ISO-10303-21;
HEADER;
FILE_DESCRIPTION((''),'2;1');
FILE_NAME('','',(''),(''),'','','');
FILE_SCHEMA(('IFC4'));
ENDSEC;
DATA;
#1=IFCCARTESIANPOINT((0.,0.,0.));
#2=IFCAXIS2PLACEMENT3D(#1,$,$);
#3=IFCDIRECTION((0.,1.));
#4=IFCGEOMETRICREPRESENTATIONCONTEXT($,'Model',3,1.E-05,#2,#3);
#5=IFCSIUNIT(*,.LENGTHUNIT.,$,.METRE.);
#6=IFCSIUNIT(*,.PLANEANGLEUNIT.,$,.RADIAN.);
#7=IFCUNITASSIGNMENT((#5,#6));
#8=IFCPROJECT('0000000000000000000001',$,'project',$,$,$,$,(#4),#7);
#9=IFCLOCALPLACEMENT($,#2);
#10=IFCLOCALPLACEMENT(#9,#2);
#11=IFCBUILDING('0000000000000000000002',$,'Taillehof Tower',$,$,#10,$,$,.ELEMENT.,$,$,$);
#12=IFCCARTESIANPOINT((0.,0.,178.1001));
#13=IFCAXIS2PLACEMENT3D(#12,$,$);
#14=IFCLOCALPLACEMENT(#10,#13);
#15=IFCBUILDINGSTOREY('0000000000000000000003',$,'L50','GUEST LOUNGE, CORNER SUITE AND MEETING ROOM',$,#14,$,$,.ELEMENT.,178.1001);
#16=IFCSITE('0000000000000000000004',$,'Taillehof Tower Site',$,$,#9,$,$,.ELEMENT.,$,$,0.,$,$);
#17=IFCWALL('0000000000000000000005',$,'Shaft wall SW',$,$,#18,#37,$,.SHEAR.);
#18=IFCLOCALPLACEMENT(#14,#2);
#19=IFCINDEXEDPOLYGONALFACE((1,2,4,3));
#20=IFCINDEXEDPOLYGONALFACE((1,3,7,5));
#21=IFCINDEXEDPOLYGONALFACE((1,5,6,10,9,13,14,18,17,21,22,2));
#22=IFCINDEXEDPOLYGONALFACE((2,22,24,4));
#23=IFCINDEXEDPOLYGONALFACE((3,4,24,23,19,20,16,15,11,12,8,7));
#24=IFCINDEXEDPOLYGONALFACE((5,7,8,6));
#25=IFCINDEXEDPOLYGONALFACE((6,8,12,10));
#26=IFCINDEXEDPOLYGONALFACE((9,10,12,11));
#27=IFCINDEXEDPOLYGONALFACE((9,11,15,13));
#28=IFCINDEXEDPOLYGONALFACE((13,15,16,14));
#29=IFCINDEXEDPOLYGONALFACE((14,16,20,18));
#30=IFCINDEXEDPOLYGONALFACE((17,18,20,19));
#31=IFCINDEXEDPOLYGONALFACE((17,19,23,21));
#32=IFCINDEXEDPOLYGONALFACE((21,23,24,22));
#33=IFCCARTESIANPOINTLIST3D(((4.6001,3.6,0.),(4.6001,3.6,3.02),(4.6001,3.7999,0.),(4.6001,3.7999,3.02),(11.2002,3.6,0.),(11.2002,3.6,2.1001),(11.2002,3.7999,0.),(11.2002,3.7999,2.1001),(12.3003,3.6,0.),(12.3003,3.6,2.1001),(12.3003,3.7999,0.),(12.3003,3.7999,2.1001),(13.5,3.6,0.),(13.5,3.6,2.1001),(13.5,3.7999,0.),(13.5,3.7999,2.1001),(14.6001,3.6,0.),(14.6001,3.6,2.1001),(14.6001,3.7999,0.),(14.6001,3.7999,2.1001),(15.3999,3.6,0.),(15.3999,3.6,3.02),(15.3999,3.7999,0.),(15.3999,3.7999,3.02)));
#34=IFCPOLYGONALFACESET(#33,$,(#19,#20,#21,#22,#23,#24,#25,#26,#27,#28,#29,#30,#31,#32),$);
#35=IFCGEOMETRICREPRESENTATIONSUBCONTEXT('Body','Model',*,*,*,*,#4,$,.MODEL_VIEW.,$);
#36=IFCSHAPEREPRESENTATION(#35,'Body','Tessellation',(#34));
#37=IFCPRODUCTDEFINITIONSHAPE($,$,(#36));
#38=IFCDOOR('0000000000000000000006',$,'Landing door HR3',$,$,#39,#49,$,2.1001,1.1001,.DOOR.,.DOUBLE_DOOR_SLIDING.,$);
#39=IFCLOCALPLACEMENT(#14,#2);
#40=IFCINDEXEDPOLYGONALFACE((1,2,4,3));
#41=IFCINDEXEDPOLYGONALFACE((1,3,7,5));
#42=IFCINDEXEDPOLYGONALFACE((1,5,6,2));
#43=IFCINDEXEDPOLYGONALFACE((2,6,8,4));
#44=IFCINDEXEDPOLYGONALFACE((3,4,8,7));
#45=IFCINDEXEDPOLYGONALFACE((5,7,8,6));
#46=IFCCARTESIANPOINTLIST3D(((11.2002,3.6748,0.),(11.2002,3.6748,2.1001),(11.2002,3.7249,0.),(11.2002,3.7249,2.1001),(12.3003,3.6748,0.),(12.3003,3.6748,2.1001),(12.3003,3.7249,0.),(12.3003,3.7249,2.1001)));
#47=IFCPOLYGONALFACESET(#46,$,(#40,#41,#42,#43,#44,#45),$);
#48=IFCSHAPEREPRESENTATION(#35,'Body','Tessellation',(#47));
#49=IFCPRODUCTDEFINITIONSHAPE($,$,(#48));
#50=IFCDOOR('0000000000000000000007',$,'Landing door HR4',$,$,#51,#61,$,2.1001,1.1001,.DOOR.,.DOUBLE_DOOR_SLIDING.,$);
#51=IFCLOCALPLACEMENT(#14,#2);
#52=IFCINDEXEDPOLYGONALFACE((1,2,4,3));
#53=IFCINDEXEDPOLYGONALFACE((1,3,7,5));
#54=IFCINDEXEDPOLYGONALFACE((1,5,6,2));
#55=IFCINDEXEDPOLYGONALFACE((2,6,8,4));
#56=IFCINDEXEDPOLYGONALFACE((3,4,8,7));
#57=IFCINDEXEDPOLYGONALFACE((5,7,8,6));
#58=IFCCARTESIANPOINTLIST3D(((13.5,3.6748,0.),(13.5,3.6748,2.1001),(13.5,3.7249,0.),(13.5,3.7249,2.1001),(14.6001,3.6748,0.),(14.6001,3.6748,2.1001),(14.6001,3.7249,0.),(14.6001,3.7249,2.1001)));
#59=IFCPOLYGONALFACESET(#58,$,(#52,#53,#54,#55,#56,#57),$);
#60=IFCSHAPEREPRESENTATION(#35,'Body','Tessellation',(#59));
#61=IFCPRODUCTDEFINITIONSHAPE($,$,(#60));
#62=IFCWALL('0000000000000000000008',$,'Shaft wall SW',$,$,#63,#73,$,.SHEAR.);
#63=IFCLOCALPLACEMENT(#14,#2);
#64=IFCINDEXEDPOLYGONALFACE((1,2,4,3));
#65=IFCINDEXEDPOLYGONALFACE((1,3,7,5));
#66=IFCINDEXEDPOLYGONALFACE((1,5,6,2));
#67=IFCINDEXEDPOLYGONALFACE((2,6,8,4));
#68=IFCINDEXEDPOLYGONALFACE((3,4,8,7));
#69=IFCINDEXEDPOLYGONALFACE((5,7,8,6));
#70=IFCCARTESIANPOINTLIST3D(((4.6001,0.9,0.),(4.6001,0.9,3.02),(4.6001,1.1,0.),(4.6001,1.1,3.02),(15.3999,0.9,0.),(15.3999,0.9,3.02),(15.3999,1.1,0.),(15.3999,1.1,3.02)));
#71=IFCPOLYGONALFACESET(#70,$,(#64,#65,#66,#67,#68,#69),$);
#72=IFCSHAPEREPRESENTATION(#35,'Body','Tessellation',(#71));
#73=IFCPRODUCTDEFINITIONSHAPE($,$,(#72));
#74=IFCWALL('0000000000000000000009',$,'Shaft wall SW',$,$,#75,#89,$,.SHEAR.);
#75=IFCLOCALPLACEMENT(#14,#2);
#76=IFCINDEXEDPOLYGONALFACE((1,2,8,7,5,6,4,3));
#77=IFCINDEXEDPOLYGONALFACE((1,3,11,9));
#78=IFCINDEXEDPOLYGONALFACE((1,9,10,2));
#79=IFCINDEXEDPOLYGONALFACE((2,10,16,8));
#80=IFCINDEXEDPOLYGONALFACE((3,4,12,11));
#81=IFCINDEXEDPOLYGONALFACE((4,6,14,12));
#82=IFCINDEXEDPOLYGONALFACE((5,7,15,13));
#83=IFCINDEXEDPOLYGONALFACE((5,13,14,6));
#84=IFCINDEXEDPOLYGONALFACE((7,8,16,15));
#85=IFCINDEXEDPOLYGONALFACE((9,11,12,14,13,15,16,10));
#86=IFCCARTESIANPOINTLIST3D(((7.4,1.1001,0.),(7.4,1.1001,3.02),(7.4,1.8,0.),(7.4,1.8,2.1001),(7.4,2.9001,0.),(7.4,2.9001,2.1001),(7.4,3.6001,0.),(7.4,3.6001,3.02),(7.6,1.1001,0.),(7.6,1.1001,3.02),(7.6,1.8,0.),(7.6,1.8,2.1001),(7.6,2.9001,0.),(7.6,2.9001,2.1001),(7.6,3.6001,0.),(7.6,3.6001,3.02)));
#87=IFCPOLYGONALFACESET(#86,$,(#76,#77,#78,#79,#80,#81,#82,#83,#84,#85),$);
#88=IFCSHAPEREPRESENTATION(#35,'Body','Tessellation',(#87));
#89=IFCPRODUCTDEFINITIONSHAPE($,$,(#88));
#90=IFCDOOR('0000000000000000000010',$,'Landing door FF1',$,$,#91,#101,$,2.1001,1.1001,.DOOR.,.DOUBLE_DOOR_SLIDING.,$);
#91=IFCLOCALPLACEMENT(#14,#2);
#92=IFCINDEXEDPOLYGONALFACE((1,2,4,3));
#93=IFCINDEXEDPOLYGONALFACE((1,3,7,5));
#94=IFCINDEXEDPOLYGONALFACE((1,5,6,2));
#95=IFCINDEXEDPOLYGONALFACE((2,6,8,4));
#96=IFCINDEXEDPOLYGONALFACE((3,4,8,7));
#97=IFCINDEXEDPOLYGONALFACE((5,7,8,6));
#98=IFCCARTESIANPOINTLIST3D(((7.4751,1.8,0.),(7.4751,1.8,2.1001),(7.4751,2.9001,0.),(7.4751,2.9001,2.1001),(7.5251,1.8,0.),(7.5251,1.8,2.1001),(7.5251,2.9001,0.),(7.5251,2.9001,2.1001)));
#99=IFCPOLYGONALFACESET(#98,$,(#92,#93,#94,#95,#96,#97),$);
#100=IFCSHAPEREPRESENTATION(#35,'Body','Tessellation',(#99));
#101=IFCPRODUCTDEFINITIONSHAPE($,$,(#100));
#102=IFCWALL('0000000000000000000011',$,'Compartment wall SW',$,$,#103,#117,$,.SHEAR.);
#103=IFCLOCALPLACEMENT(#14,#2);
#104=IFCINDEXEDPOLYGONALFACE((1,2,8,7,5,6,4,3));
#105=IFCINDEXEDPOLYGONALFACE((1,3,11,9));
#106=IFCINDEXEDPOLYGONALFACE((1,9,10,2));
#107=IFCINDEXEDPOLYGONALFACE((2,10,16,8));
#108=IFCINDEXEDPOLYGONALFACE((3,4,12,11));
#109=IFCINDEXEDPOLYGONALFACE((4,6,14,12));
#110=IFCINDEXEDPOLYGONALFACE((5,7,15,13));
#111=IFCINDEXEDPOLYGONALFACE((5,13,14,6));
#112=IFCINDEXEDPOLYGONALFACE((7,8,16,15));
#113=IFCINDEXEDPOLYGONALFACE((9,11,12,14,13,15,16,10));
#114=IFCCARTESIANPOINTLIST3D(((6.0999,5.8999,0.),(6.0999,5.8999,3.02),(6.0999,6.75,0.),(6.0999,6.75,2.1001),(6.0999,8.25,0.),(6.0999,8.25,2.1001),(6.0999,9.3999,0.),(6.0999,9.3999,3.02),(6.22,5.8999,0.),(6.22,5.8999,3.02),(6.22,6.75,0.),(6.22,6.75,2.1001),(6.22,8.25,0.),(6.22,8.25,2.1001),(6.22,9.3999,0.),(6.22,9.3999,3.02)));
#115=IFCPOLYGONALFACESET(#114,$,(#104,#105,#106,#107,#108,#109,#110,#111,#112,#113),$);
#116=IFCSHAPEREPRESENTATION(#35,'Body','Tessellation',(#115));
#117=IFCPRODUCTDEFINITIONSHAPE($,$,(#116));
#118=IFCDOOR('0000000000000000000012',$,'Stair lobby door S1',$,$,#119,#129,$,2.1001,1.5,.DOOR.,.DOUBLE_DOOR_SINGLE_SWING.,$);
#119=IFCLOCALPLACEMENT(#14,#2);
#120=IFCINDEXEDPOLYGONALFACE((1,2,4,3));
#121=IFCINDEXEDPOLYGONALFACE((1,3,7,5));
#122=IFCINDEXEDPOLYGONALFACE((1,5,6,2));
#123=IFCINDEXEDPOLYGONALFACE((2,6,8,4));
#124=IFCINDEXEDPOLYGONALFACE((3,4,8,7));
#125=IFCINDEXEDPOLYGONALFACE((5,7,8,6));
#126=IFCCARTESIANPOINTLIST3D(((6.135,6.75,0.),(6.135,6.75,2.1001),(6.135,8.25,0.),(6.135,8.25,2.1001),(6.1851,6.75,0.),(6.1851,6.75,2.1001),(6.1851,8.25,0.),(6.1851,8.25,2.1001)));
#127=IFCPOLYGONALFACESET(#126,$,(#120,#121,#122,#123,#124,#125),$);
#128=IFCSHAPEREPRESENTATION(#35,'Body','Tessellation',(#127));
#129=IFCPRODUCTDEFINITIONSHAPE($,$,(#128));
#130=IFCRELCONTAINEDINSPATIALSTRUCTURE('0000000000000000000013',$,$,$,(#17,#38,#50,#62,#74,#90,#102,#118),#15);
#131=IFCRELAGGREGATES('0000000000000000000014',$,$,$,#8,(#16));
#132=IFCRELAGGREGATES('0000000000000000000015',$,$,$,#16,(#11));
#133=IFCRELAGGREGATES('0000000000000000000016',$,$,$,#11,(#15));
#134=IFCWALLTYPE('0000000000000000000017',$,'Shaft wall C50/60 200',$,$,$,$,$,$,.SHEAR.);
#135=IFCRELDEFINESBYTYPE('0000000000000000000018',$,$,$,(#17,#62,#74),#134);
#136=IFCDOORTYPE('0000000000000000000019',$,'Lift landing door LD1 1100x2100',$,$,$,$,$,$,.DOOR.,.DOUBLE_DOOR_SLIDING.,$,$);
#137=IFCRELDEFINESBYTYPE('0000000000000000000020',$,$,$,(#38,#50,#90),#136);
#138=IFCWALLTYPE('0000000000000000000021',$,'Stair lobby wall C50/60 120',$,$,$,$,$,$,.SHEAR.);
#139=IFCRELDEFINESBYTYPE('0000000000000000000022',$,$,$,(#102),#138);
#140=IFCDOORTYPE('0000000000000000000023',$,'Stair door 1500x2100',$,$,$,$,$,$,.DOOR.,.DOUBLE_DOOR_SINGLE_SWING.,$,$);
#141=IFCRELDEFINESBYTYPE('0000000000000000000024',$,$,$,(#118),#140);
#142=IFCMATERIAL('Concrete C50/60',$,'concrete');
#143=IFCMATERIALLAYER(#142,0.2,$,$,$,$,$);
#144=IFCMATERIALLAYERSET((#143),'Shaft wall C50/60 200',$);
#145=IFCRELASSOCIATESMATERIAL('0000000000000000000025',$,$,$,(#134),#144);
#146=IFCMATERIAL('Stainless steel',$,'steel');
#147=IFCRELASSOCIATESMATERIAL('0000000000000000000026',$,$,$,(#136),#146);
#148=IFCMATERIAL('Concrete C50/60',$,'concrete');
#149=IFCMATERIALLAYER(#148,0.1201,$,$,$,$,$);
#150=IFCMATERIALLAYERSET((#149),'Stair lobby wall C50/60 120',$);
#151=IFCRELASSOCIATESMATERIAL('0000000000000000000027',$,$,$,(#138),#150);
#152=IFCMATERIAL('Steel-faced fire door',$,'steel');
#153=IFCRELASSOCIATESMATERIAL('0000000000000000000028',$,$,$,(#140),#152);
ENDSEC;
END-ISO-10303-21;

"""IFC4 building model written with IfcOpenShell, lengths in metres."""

from ifc_helpers import new_model, si_unit, direction, frame, frame_2d, origin, place, context, subcontext, project, spatial, rectangle, extrude, material, layer, layer_set, type_object, element, fill, save


model = new_model("IFC4")

# Units and contexts
model_context = context("Model", 3, precision=1e-05, world=origin(), true_north=direction((0.0, 1.0)))
body_context = subcontext(model_context, "Body", "Model", "MODEL_VIEW")
ifc_project = project(units=[si_unit("LENGTHUNIT", "METRE"), si_unit("PLANEANGLEUNIT", "RADIAN")], contexts=[model_context])

# Site, building, storey
site_placement = place(None, origin())
site = spatial("IfcSite", under=ifc_project, at=site_placement, Name="Taillehof Tower Site", CompositionType="ELEMENT", RefElevation=0.0)
building_placement = place(site_placement, origin())
building = spatial("IfcBuilding", under=site, at=building_placement, Name="Taillehof Tower", CompositionType="ELEMENT")
storey_placement = place(building_placement, frame((0.0, 0.0, 178.1001)))
storey = spatial("IfcBuildingStorey", under=building, at=storey_placement, Name="L50", Description="GUEST LOUNGE, CORNER SUITE AND MEETING ROOM", CompositionType="ELEMENT", Elevation=178.1001)

# Wall, openings, doors
ifc_material_1 = material(Name="Concrete C50/60", Category="concrete")
ifc_layer_1 = layer(ifc_material_1, 0.2)
ifc_layer_set_1 = layer_set([ifc_layer_1], Name="Shaft wall C50/60 200")
wall_type_1 = type_object("IfcWallType", Name="Shaft wall C50/60 200", PredefinedType="SHEAR", material=ifc_layer_set_1)
ifc_material_2 = material(Name="Stainless steel", Category="steel")
door_type_1 = type_object("IfcDoorType", Name="Lift landing door LD1 1100x2100", OperationType="DOUBLE_DOOR_SLIDING", PredefinedType="DOOR", material=ifc_material_2)
wall_1_placement = place(storey_placement, frame((4.6001, 3.7, 0.0), z_axis=(0.0, 0.0, 1.0), x_axis=(1.0, 0.0, 0.0)))
wall_1 = element("IfcWall", 1, at=wall_1_placement, inside=storey, type_object=wall_type_1, Name="Shaft wall SW", PredefinedType="SHEAR", context=body_context, shape_type="SweptSolid", body=[
    extrude(rectangle(XDim=10.7998, YDim=0.2, at=frame_2d((5.3999, 0.0))), origin(), (0.0, 0.0, 1.0), 3.02),
])
opening_1_placement = place(wall_1_placement, frame((6.6001, 0.0, 0.0)))
opening_1 = element("IfcOpeningElement", 2, at=opening_1_placement, cuts=wall_1, PredefinedType="OPENING", context=body_context, shape_type="SweptSolid", body=[
    extrude(rectangle(XDim=1.1001, YDim=2.1001, at=frame_2d((0.55, 1.05))), frame((0.0, 0.1099, 0.0), z_axis=(0.0, -1.0, 0.0), x_axis=(1.0, 0.0, 0.0)), (0.0, 0.0, 1.0), 0.22),
])
opening_2_placement = place(wall_1_placement, frame((8.8999, 0.0, 0.0)))
opening_2 = element("IfcOpeningElement", 3, at=opening_2_placement, cuts=wall_1, PredefinedType="OPENING", context=body_context, shape_type="SweptSolid", body=[
    extrude(rectangle(XDim=1.1001, YDim=2.1001, at=frame_2d((0.55, 1.05))), frame((0.0, 0.1099, 0.0), z_axis=(0.0, -1.0, 0.0), x_axis=(1.0, 0.0, 0.0)), (0.0, 0.0, 1.0), 0.22),
])
door_1_placement = place(opening_1_placement, origin())
door_1 = element("IfcDoor", 4, at=door_1_placement, inside=storey, type_object=door_type_1, Name="Landing door HR3", OperationType="DOUBLE_DOOR_SLIDING", OverallHeight=2.1001, OverallWidth=1.1001, PredefinedType="DOOR", context=body_context, shape_type="SweptSolid", body=[
    extrude(rectangle(XDim=1.1001, YDim=2.1001, at=frame_2d((0.55, 1.05))), frame((0.0, 0.0249, 0.0), z_axis=(0.0, -1.0, 0.0), x_axis=(1.0, 0.0, 0.0)), (0.0, 0.0, 1.0), 0.05),
])
fill(opening_1, door_1)
door_2_placement = place(opening_2_placement, origin())
door_2 = element("IfcDoor", 5, at=door_2_placement, inside=storey, type_object=door_type_1, Name="Landing door HR4", OperationType="DOUBLE_DOOR_SLIDING", OverallHeight=2.1001, OverallWidth=1.1001, PredefinedType="DOOR", context=body_context, shape_type="SweptSolid", body=[
    extrude(rectangle(XDim=1.1001, YDim=2.1001, at=frame_2d((0.55, 1.05))), frame((0.0, 0.0249, 0.0), z_axis=(0.0, -1.0, 0.0), x_axis=(1.0, 0.0, 0.0)), (0.0, 0.0, 1.0), 0.05),
])
fill(opening_2, door_2)

# Wall
wall_2_placement = place(storey_placement, frame((4.6001, 1.0, 0.0), z_axis=(0.0, 0.0, 1.0), x_axis=(1.0, 0.0, 0.0)))
element("IfcWall", 6, at=wall_2_placement, inside=storey, type_object=wall_type_1, Name="Shaft wall SW", PredefinedType="SHEAR", context=body_context, shape_type="SweptSolid", body=[
    extrude(rectangle(XDim=10.7998, YDim=0.2, at=frame_2d((5.3999, 0.0))), origin(), (0.0, 0.0, 1.0), 3.02),
])

# Walls, openings, doors
wall_3_placement = place(storey_placement, frame((7.5, 1.1001, 0.0), z_axis=(0.0, 0.0, 1.0), x_axis=(0.0, 1.0, 0.0)))
wall_3 = element("IfcWall", 7, at=wall_3_placement, inside=storey, type_object=wall_type_1, Name="Shaft wall SW", PredefinedType="SHEAR", context=body_context, shape_type="SweptSolid", body=[
    extrude(rectangle(XDim=2.5, YDim=0.2, at=frame_2d((1.25, 0.0))), origin(), (0.0, 0.0, 1.0), 3.02),
])
opening_3_placement = place(wall_3_placement, frame((0.7, 0.0, 0.0)))
opening_3 = element("IfcOpeningElement", 8, at=opening_3_placement, cuts=wall_3, PredefinedType="OPENING", context=body_context, shape_type="SweptSolid", body=[
    extrude(rectangle(XDim=1.1001, YDim=2.1001, at=frame_2d((0.55, 1.05))), frame((0.0, 0.1099, 0.0), z_axis=(0.0, -1.0, 0.0), x_axis=(1.0, 0.0, 0.0)), (0.0, 0.0, 1.0), 0.22),
])
door_3_placement = place(opening_3_placement, origin())
door_3 = element("IfcDoor", 9, at=door_3_placement, inside=storey, type_object=door_type_1, Name="Landing door FF1", OperationType="DOUBLE_DOOR_SLIDING", OverallHeight=2.1001, OverallWidth=1.1001, PredefinedType="DOOR", context=body_context, shape_type="SweptSolid", body=[
    extrude(rectangle(XDim=1.1001, YDim=2.1001, at=frame_2d((0.55, 1.05))), frame((0.0, 0.0249, 0.0), z_axis=(0.0, -1.0, 0.0), x_axis=(1.0, 0.0, 0.0)), (0.0, 0.0, 1.0), 0.05),
])
fill(opening_3, door_3)
ifc_material_3 = material(Name="Concrete C50/60", Category="concrete")
ifc_layer_2 = layer(ifc_material_3, 0.1201)
ifc_layer_set_2 = layer_set([ifc_layer_2], Name="Stair lobby wall C50/60 120")
wall_type_2 = type_object("IfcWallType", Name="Stair lobby wall C50/60 120", PredefinedType="SHEAR", material=ifc_layer_set_2)
wall_4_placement = place(storey_placement, frame((6.1599, 5.8999, 0.0), z_axis=(0.0, 0.0, 1.0), x_axis=(0.0, 1.0, 0.0)))
wall_4 = element("IfcWall", 10, at=wall_4_placement, inside=storey, type_object=wall_type_2, Name="Compartment wall SW", PredefinedType="SHEAR", context=body_context, shape_type="SweptSolid", body=[
    extrude(rectangle(XDim=3.5, YDim=0.1201, at=frame_2d((1.75, 0.0))), origin(), (0.0, 0.0, 1.0), 3.02),
])
opening_4_placement = place(wall_4_placement, frame((0.8501, 0.0, 0.0)))
opening_4 = element("IfcOpeningElement", 11, at=opening_4_placement, cuts=wall_4, PredefinedType="OPENING", context=body_context, shape_type="SweptSolid", body=[
    extrude(rectangle(XDim=1.5, YDim=2.1001, at=frame_2d((0.75, 1.05))), frame((0.0, 0.0701, 0.0), z_axis=(0.0, -1.0, 0.0), x_axis=(1.0, 0.0, 0.0)), (0.0, 0.0, 1.0), 0.1401),
])
ifc_material_4 = material(Name="Steel-faced fire door", Category="steel")
door_type_2 = type_object("IfcDoorType", Name="Stair door 1500x2100", OperationType="DOUBLE_DOOR_SINGLE_SWING", PredefinedType="DOOR", material=ifc_material_4)
door_4_placement = place(opening_4_placement, origin())
door_4 = element("IfcDoor", 12, at=door_4_placement, inside=storey, type_object=door_type_2, Name="Stair lobby door S1", OperationType="DOUBLE_DOOR_SINGLE_SWING", OverallHeight=2.1001, OverallWidth=1.5, PredefinedType="DOOR", context=body_context, shape_type="SweptSolid", body=[
    extrude(rectangle(XDim=1.5, YDim=2.1001, at=frame_2d((0.75, 1.05))), frame((0.0, 0.0249, 0.0), z_axis=(0.0, -1.0, 0.0), x_axis=(1.0, 0.0, 0.0)), (0.0, 0.0, 1.0), 0.05),
])
fill(opening_4, door_4)

save(model, "model.ifc")
